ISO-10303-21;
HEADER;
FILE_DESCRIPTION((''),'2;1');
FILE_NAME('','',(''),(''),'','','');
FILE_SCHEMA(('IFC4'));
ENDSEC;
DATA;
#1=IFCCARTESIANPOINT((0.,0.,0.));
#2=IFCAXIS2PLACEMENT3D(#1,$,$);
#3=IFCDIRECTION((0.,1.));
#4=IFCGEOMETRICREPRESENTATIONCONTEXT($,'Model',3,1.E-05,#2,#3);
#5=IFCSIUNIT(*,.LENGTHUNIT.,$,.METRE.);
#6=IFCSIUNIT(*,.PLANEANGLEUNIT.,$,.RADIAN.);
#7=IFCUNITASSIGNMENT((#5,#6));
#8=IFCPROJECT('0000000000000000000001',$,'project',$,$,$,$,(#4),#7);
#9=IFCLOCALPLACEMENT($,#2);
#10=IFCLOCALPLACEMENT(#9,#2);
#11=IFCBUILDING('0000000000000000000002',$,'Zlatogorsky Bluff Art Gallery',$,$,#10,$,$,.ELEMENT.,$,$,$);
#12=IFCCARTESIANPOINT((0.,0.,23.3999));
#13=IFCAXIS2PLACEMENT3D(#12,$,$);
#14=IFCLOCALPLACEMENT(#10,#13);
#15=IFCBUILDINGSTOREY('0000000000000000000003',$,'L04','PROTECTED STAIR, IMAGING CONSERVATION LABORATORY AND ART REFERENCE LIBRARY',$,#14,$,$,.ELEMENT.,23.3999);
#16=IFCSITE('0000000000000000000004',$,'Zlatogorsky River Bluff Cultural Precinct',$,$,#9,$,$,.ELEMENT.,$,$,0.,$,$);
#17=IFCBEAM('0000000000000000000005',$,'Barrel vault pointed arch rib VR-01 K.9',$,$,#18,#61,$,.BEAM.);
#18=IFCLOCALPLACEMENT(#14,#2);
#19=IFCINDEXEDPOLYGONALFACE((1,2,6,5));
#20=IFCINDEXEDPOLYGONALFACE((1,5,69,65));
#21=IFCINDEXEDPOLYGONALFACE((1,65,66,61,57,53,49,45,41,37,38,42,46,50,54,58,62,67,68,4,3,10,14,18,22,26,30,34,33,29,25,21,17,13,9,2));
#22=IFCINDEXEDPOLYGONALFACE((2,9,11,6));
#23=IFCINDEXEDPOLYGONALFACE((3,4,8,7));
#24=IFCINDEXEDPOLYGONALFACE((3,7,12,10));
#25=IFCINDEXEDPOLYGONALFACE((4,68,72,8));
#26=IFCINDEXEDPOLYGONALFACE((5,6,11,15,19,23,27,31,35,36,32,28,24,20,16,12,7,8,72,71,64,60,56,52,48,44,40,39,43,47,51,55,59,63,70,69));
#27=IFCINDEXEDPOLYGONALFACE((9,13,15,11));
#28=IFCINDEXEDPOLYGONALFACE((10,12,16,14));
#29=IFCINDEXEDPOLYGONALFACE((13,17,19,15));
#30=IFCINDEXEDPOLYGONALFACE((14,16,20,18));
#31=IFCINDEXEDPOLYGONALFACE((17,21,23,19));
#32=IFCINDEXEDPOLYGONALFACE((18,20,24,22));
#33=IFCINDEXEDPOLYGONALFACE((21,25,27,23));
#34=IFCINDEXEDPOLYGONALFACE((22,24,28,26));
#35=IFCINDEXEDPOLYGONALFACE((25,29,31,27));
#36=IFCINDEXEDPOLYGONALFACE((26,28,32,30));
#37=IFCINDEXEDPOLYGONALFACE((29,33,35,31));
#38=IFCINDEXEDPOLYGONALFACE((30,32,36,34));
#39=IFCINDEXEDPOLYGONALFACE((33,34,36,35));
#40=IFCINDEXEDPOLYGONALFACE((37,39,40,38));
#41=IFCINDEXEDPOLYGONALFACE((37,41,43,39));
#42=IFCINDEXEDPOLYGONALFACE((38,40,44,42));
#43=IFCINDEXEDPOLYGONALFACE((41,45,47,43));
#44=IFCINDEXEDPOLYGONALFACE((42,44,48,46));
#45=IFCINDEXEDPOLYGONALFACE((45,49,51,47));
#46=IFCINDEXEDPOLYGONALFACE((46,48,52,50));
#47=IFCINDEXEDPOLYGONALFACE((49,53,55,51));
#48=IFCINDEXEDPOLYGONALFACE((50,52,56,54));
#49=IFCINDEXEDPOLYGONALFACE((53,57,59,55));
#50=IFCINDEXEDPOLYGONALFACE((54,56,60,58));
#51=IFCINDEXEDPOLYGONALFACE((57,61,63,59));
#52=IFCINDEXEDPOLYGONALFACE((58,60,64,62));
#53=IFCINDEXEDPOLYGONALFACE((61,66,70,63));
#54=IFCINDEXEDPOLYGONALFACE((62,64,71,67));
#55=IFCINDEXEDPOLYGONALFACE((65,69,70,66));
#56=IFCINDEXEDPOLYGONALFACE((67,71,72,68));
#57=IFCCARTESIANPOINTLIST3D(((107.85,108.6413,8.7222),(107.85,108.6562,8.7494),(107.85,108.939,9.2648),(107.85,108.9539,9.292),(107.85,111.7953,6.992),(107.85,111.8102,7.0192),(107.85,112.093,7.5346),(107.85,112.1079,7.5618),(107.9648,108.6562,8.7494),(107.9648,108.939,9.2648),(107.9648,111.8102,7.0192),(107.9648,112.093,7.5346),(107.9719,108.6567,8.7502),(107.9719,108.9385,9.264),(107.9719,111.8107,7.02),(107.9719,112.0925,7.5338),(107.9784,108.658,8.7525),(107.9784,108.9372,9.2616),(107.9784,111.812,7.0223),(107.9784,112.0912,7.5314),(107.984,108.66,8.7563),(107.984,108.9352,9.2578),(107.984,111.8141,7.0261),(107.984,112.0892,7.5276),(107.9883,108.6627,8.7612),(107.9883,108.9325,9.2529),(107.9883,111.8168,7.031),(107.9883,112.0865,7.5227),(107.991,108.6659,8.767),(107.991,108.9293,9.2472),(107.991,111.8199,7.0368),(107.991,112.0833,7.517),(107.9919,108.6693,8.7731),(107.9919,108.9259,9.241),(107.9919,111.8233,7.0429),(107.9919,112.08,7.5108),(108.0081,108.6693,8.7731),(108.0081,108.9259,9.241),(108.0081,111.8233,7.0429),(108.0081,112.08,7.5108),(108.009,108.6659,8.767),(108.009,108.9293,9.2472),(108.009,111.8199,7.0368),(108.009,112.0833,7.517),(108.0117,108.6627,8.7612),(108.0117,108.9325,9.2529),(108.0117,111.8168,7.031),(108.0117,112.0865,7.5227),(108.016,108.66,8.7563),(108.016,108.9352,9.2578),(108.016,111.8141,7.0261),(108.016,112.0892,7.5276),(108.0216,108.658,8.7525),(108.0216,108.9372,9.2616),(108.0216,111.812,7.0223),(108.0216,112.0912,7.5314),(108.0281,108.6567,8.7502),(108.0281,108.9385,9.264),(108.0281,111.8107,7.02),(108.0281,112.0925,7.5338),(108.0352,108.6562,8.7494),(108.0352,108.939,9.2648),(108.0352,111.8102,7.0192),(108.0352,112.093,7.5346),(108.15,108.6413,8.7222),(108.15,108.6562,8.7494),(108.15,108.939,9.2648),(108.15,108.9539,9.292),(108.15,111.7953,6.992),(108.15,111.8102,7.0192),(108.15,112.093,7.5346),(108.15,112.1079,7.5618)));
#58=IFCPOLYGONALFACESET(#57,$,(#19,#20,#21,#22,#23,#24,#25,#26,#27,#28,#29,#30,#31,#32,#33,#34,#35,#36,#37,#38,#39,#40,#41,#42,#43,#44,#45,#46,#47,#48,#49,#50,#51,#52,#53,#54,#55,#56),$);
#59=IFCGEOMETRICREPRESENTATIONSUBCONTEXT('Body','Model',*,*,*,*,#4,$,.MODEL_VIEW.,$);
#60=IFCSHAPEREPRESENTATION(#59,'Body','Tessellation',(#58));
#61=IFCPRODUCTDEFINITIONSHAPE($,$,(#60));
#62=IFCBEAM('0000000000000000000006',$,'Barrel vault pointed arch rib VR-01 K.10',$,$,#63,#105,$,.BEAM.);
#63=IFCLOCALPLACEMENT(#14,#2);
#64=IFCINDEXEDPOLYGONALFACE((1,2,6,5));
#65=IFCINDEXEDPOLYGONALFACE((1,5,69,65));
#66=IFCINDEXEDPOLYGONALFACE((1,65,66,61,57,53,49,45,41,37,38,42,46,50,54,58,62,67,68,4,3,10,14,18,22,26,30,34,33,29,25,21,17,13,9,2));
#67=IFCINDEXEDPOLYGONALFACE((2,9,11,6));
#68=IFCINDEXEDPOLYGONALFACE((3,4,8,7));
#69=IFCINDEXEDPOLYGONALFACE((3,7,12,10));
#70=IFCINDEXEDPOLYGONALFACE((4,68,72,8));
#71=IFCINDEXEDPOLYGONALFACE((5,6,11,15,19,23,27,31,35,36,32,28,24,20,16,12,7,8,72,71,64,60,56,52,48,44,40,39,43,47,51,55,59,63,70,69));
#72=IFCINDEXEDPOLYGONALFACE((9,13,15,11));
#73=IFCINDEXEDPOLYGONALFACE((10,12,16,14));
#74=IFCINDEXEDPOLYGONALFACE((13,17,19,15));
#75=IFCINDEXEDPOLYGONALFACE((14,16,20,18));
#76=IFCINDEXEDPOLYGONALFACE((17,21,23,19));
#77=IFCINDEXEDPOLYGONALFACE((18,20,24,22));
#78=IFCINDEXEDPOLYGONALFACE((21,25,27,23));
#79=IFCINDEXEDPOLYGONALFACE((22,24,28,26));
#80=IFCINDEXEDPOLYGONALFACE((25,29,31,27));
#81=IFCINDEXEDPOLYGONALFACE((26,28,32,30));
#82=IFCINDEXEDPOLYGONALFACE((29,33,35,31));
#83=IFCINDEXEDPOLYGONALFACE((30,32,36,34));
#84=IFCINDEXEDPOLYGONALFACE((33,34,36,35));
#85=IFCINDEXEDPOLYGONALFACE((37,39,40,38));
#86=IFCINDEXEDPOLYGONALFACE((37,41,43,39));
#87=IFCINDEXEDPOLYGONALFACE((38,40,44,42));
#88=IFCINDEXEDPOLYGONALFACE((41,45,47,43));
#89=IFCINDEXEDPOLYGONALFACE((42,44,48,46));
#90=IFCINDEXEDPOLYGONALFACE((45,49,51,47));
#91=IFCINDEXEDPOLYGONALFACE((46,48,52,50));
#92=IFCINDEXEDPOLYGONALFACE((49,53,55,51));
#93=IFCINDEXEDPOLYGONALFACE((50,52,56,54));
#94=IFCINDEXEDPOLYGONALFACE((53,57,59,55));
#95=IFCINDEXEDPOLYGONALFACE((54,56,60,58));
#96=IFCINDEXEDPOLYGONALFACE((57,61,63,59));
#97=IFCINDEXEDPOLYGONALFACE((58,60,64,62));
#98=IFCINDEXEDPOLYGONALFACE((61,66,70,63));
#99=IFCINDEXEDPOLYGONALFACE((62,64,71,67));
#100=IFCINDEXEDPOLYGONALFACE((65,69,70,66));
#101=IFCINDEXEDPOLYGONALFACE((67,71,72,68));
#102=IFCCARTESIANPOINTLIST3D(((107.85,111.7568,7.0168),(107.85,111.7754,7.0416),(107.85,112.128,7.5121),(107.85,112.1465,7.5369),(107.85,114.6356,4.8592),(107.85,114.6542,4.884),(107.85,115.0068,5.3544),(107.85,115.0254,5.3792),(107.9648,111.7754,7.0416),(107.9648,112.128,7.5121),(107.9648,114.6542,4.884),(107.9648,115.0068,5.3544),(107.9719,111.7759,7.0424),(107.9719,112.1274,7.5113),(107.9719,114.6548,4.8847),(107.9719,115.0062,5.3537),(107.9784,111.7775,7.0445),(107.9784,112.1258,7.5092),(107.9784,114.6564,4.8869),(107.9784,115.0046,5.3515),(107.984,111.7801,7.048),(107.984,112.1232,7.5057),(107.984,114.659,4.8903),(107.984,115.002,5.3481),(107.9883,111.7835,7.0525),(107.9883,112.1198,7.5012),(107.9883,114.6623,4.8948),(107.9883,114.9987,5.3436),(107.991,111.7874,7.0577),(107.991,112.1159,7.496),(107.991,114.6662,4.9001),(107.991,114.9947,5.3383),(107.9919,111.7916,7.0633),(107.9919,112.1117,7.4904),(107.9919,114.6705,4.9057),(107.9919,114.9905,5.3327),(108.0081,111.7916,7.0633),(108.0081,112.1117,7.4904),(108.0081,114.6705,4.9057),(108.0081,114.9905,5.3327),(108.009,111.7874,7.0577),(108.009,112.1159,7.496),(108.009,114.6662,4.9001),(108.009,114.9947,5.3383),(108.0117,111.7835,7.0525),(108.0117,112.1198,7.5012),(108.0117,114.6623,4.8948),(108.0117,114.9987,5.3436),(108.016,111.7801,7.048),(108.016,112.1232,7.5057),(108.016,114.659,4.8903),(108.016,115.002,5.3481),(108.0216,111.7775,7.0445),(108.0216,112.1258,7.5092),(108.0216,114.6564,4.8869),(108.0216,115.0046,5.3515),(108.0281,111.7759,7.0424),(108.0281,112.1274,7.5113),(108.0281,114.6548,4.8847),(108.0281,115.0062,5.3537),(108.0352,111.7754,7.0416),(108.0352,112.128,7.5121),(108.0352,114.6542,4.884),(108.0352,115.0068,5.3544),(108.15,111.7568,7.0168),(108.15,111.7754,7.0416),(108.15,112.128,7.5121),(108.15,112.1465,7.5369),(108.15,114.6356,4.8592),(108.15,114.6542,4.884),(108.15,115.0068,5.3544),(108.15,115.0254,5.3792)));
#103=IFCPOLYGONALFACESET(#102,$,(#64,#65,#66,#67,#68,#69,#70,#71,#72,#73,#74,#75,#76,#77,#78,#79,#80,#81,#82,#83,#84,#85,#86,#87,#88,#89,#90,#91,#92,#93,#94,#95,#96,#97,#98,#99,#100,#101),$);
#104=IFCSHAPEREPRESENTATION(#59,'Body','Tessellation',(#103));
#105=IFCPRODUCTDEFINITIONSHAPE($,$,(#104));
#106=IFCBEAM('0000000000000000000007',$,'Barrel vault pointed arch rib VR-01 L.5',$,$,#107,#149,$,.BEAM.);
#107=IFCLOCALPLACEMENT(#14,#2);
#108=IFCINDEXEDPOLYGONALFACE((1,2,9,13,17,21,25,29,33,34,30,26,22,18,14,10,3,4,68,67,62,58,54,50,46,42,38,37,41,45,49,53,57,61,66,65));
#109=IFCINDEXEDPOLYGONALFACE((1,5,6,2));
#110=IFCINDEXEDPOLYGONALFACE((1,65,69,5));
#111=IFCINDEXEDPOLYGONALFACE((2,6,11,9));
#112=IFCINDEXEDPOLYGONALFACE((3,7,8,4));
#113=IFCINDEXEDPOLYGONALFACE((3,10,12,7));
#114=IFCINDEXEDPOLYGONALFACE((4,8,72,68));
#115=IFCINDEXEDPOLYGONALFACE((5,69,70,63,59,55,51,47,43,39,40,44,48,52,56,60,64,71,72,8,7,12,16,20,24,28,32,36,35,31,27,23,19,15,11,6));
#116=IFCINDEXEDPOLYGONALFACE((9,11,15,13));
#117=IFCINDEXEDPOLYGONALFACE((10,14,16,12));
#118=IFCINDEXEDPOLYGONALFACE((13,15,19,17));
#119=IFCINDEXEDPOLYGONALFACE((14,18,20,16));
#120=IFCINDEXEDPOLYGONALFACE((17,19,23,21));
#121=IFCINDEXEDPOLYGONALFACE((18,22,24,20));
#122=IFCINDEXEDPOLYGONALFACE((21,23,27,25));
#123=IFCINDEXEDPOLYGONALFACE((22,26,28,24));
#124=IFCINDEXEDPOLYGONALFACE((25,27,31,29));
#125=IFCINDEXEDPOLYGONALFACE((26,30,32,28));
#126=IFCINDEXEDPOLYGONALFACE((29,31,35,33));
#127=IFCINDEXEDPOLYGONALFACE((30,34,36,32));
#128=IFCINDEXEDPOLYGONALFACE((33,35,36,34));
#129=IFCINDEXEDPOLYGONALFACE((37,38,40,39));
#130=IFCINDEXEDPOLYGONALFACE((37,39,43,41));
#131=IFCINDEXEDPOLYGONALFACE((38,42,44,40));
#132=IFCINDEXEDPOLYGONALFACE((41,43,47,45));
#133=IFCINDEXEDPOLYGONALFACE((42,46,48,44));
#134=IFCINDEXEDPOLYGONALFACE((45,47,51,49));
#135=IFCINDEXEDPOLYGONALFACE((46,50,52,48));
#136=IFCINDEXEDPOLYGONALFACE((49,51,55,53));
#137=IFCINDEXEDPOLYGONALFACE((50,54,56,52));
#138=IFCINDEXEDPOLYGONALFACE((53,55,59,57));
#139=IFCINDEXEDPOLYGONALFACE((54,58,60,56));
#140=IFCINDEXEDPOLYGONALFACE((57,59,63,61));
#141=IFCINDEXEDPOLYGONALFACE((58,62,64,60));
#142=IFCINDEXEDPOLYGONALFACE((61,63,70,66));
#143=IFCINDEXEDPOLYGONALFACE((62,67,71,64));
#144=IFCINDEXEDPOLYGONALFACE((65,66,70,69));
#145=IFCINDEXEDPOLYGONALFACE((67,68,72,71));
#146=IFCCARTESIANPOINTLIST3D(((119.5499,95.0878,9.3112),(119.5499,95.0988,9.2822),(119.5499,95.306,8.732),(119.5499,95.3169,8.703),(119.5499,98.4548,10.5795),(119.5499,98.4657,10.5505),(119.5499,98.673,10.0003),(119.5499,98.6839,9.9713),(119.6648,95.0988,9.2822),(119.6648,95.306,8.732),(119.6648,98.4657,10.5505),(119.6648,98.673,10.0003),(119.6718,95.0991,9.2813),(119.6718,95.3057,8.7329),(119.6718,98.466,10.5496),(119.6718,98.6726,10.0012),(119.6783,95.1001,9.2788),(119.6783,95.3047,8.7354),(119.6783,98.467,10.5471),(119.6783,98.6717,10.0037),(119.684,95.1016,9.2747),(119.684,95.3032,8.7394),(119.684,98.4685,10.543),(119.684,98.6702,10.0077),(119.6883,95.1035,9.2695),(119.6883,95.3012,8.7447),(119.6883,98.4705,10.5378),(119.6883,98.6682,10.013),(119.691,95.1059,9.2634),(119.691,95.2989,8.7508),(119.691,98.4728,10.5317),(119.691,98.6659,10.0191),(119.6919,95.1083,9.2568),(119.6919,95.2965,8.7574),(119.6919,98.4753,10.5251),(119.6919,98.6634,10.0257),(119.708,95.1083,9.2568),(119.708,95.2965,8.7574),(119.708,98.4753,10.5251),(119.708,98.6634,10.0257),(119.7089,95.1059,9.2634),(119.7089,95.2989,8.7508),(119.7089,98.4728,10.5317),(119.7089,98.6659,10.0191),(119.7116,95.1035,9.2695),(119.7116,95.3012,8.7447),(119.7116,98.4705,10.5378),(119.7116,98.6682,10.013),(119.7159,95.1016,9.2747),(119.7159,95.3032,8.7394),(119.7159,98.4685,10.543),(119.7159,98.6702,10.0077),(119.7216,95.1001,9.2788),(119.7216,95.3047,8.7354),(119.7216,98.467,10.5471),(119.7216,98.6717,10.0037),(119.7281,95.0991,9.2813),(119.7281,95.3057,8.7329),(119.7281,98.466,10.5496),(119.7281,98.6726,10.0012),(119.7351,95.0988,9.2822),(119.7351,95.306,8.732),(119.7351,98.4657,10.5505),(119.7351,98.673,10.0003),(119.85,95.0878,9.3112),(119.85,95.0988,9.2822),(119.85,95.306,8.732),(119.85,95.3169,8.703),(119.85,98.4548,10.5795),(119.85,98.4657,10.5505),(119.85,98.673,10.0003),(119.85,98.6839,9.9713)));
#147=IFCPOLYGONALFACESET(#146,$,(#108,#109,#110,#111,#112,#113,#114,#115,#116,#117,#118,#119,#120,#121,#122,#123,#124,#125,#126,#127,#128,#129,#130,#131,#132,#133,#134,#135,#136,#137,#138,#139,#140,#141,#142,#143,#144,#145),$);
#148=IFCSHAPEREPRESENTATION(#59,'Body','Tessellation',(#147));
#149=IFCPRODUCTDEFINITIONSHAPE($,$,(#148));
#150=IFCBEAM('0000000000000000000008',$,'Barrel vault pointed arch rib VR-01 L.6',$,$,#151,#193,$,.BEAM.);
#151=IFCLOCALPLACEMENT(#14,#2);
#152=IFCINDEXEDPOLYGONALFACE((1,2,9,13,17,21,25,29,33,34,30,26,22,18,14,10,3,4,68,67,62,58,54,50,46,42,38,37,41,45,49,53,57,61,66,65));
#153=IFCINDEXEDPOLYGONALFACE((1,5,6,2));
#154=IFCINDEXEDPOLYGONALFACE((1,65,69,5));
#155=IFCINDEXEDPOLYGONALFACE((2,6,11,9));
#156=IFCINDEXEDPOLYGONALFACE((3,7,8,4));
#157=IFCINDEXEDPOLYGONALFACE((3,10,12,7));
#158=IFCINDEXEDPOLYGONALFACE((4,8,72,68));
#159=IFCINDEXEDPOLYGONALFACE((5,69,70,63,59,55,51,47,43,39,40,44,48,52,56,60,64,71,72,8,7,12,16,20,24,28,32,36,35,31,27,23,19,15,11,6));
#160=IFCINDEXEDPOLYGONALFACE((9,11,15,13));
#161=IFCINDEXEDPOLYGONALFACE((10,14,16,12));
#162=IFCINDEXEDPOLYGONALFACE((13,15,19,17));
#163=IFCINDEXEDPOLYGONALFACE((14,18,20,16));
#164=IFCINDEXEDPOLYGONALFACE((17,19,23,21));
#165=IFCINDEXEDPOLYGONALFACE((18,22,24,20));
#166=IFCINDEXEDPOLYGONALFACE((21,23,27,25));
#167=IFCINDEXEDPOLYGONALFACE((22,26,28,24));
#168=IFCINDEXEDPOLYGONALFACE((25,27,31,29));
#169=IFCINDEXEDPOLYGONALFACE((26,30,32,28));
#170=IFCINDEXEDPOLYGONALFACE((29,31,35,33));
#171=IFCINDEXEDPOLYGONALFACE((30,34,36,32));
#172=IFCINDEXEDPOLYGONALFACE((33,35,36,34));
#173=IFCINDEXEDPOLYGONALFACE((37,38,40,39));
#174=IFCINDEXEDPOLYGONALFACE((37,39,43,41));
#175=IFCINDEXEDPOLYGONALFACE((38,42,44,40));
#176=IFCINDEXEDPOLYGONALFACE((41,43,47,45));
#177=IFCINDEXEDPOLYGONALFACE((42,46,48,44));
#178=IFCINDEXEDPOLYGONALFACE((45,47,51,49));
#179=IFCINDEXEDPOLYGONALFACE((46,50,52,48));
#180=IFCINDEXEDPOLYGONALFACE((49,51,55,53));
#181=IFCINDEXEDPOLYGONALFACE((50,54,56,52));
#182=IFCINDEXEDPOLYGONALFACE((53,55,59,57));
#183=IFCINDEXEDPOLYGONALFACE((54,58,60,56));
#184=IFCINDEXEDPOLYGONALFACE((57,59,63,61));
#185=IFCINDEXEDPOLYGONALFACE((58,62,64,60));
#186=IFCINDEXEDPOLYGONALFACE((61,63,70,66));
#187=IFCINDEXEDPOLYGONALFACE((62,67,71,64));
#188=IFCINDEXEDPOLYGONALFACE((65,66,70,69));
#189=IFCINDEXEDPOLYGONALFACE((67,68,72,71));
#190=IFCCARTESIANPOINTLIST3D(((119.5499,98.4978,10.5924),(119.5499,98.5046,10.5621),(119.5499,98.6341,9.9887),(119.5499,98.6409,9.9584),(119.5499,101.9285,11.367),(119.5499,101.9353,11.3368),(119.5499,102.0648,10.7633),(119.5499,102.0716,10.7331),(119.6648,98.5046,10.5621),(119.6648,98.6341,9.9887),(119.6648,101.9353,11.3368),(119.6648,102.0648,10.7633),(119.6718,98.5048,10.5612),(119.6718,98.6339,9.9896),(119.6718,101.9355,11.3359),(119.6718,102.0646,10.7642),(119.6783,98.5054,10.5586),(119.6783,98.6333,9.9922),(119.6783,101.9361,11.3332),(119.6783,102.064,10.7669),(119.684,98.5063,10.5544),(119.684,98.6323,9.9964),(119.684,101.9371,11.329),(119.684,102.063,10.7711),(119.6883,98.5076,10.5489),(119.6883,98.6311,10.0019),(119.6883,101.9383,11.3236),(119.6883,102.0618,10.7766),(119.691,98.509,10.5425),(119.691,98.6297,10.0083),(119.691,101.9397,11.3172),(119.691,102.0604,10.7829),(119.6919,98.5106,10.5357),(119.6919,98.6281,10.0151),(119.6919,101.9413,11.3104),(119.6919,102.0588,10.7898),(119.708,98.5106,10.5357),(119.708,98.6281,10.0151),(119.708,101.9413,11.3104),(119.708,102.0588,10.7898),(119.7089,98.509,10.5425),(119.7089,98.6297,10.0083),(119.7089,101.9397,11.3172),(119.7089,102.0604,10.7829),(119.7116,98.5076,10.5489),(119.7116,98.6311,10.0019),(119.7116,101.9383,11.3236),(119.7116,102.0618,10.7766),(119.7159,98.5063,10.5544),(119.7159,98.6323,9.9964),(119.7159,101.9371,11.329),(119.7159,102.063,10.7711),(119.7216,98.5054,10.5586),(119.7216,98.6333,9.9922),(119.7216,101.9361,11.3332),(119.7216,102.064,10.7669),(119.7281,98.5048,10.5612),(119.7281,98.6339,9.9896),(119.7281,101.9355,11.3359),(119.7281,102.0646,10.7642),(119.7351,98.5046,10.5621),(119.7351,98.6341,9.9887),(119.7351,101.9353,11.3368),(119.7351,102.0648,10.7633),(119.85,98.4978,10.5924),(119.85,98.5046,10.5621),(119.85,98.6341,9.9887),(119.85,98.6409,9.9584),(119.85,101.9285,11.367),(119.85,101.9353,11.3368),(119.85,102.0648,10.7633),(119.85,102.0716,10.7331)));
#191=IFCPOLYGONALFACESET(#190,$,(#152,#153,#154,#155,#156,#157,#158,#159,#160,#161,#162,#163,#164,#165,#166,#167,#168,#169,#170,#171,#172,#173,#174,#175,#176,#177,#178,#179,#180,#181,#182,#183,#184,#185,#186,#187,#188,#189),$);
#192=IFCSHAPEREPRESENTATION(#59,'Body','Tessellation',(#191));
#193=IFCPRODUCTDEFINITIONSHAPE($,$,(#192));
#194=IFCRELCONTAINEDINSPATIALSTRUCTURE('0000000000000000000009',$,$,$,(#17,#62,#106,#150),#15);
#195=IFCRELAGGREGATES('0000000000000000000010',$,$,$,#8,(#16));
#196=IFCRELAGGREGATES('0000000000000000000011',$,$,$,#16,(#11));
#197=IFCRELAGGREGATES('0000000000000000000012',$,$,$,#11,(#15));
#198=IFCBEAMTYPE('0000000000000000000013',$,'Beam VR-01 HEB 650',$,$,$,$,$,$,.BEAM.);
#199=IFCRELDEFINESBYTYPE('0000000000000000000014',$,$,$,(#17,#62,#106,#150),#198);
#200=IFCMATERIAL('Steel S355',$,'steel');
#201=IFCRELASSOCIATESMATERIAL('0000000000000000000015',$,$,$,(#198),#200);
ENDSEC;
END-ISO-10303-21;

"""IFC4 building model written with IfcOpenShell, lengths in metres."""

from ifc_helpers import new_model, si_unit, direction, frame, origin, origin_2d, place, context, subcontext, project, spatial, i_section, extrude, material, material_profile, profile_set, type_object, element, save


model = new_model("IFC4")

# Units and contexts
model_context = context("Model", 3, precision=1e-05, world=origin(), true_north=direction((0.0, 1.0)))
body_context = subcontext(model_context, "Body", "Model", "MODEL_VIEW")
ifc_project = project(units=[si_unit("LENGTHUNIT", "METRE"), si_unit("PLANEANGLEUNIT", "RADIAN")], contexts=[model_context])

# Site, building, storey
site_placement = place(None, origin())
site = spatial("IfcSite", under=ifc_project, at=site_placement, Name="Zlatogorsky River Bluff Cultural Precinct", CompositionType="ELEMENT", RefElevation=0.0)
building_placement = place(site_placement, origin())
building = spatial("IfcBuilding", under=site, at=building_placement, Name="Zlatogorsky Bluff Art Gallery", CompositionType="ELEMENT")
storey_placement = place(building_placement, frame((0.0, 0.0, 23.3999)))
storey = spatial("IfcBuildingStorey", under=building, at=storey_placement, Name="L04", Description="PROTECTED STAIR, IMAGING CONSERVATION LABORATORY AND ART REFERENCE LIBRARY", CompositionType="ELEMENT", Elevation=23.3999)

# Shared definitions
ifc_material_1 = material(Name="Steel S355", Category="steel")

# Beams
ifc_material_profile_1 = material_profile(ifc_material_1, i_section(OverallWidth=0.3, OverallDepth=0.6499, WebThickness=0.0161, FlangeThickness=0.031, FilletRadius=0.0271, at=origin_2d()), Name="HEB 650")
ifc_profile_set_1 = profile_set([ifc_material_profile_1], Name="Steel S355")
beam_type_1 = type_object("IfcBeamType", Name="Beam VR-01 HEB 650", PredefinedType="BEAM", material=ifc_profile_set_1)
beam_1_placement = place(storey_placement, frame((108.0, 108.7976, 9.0071), z_axis=(0.0, 0.876744, -0.480957), x_axis=(-1.0, 0.0, 0.0)))
element("IfcBeam", 1, at=beam_1_placement, inside=storey, type_object=beam_type_1, Name="Barrel vault pointed arch rib VR-01 K.9", PredefinedType="BEAM", context=body_context, shape_type="SweptSolid", body=[
    extrude(i_section(OverallWidth=0.3, OverallDepth=0.6499, WebThickness=0.0161, FlangeThickness=0.031, FilletRadius=0.0271, at=origin_2d()), origin(), (0.0, 0.0, 1.0), 3.5974),
])
beam_2_placement = place(storey_placement, frame((108.0, 111.9517, 7.2769), z_axis=(0.0, 0.800195, -0.599739), x_axis=(-1.0, 0.0, 0.0)))
element("IfcBeam", 2, at=beam_2_placement, inside=storey, type_object=beam_type_1, Name="Barrel vault pointed arch rib VR-01 K.10", PredefinedType="BEAM", context=body_context, shape_type="SweptSolid", body=[
    extrude(i_section(OverallWidth=0.3, OverallDepth=0.6499, WebThickness=0.0161, FlangeThickness=0.031, FilletRadius=0.0271, at=origin_2d()), origin(), (0.0, 0.0, 1.0), 3.5977),
])
beam_3_placement = place(storey_placement, frame((119.7, 95.2024, 9.0071), z_axis=(0.0, 0.935807, 0.352514), x_axis=(-1.0, 0.0, 0.0)))
element("IfcBeam", 3, at=beam_3_placement, inside=storey, type_object=beam_type_1, Name="Barrel vault pointed arch rib VR-01 L.5", PredefinedType="BEAM", context=body_context, shape_type="SweptSolid", body=[
    extrude(i_section(OverallWidth=0.3, OverallDepth=0.6499, WebThickness=0.0161, FlangeThickness=0.031, FilletRadius=0.0271, at=origin_2d()), origin(), (0.0, 0.0, 1.0), 3.5979),
])
for number, where, z_axis, x_axis, name in (
    (4, (119.7, 98.5693, 10.2754), (0.0, 0.975441, 0.220259), (-1.0, 0.0, 0.0), "Barrel vault pointed arch rib VR-01 L.6"),
):
    element("IfcBeam", number, at=place(storey_placement, frame(where, z_axis=z_axis, x_axis=x_axis)), inside=storey, type_object=beam_type_1, Name=name, PredefinedType="BEAM", context=body_context, shape_type="SweptSolid", body=[
        extrude(i_section(OverallWidth=0.3, OverallDepth=0.6499, WebThickness=0.0161, FlangeThickness=0.031, FilletRadius=0.0271, at=origin_2d()), origin(), (0.0, 0.0, 1.0), 3.5171),
    ])

save(model, "model.ifc")
